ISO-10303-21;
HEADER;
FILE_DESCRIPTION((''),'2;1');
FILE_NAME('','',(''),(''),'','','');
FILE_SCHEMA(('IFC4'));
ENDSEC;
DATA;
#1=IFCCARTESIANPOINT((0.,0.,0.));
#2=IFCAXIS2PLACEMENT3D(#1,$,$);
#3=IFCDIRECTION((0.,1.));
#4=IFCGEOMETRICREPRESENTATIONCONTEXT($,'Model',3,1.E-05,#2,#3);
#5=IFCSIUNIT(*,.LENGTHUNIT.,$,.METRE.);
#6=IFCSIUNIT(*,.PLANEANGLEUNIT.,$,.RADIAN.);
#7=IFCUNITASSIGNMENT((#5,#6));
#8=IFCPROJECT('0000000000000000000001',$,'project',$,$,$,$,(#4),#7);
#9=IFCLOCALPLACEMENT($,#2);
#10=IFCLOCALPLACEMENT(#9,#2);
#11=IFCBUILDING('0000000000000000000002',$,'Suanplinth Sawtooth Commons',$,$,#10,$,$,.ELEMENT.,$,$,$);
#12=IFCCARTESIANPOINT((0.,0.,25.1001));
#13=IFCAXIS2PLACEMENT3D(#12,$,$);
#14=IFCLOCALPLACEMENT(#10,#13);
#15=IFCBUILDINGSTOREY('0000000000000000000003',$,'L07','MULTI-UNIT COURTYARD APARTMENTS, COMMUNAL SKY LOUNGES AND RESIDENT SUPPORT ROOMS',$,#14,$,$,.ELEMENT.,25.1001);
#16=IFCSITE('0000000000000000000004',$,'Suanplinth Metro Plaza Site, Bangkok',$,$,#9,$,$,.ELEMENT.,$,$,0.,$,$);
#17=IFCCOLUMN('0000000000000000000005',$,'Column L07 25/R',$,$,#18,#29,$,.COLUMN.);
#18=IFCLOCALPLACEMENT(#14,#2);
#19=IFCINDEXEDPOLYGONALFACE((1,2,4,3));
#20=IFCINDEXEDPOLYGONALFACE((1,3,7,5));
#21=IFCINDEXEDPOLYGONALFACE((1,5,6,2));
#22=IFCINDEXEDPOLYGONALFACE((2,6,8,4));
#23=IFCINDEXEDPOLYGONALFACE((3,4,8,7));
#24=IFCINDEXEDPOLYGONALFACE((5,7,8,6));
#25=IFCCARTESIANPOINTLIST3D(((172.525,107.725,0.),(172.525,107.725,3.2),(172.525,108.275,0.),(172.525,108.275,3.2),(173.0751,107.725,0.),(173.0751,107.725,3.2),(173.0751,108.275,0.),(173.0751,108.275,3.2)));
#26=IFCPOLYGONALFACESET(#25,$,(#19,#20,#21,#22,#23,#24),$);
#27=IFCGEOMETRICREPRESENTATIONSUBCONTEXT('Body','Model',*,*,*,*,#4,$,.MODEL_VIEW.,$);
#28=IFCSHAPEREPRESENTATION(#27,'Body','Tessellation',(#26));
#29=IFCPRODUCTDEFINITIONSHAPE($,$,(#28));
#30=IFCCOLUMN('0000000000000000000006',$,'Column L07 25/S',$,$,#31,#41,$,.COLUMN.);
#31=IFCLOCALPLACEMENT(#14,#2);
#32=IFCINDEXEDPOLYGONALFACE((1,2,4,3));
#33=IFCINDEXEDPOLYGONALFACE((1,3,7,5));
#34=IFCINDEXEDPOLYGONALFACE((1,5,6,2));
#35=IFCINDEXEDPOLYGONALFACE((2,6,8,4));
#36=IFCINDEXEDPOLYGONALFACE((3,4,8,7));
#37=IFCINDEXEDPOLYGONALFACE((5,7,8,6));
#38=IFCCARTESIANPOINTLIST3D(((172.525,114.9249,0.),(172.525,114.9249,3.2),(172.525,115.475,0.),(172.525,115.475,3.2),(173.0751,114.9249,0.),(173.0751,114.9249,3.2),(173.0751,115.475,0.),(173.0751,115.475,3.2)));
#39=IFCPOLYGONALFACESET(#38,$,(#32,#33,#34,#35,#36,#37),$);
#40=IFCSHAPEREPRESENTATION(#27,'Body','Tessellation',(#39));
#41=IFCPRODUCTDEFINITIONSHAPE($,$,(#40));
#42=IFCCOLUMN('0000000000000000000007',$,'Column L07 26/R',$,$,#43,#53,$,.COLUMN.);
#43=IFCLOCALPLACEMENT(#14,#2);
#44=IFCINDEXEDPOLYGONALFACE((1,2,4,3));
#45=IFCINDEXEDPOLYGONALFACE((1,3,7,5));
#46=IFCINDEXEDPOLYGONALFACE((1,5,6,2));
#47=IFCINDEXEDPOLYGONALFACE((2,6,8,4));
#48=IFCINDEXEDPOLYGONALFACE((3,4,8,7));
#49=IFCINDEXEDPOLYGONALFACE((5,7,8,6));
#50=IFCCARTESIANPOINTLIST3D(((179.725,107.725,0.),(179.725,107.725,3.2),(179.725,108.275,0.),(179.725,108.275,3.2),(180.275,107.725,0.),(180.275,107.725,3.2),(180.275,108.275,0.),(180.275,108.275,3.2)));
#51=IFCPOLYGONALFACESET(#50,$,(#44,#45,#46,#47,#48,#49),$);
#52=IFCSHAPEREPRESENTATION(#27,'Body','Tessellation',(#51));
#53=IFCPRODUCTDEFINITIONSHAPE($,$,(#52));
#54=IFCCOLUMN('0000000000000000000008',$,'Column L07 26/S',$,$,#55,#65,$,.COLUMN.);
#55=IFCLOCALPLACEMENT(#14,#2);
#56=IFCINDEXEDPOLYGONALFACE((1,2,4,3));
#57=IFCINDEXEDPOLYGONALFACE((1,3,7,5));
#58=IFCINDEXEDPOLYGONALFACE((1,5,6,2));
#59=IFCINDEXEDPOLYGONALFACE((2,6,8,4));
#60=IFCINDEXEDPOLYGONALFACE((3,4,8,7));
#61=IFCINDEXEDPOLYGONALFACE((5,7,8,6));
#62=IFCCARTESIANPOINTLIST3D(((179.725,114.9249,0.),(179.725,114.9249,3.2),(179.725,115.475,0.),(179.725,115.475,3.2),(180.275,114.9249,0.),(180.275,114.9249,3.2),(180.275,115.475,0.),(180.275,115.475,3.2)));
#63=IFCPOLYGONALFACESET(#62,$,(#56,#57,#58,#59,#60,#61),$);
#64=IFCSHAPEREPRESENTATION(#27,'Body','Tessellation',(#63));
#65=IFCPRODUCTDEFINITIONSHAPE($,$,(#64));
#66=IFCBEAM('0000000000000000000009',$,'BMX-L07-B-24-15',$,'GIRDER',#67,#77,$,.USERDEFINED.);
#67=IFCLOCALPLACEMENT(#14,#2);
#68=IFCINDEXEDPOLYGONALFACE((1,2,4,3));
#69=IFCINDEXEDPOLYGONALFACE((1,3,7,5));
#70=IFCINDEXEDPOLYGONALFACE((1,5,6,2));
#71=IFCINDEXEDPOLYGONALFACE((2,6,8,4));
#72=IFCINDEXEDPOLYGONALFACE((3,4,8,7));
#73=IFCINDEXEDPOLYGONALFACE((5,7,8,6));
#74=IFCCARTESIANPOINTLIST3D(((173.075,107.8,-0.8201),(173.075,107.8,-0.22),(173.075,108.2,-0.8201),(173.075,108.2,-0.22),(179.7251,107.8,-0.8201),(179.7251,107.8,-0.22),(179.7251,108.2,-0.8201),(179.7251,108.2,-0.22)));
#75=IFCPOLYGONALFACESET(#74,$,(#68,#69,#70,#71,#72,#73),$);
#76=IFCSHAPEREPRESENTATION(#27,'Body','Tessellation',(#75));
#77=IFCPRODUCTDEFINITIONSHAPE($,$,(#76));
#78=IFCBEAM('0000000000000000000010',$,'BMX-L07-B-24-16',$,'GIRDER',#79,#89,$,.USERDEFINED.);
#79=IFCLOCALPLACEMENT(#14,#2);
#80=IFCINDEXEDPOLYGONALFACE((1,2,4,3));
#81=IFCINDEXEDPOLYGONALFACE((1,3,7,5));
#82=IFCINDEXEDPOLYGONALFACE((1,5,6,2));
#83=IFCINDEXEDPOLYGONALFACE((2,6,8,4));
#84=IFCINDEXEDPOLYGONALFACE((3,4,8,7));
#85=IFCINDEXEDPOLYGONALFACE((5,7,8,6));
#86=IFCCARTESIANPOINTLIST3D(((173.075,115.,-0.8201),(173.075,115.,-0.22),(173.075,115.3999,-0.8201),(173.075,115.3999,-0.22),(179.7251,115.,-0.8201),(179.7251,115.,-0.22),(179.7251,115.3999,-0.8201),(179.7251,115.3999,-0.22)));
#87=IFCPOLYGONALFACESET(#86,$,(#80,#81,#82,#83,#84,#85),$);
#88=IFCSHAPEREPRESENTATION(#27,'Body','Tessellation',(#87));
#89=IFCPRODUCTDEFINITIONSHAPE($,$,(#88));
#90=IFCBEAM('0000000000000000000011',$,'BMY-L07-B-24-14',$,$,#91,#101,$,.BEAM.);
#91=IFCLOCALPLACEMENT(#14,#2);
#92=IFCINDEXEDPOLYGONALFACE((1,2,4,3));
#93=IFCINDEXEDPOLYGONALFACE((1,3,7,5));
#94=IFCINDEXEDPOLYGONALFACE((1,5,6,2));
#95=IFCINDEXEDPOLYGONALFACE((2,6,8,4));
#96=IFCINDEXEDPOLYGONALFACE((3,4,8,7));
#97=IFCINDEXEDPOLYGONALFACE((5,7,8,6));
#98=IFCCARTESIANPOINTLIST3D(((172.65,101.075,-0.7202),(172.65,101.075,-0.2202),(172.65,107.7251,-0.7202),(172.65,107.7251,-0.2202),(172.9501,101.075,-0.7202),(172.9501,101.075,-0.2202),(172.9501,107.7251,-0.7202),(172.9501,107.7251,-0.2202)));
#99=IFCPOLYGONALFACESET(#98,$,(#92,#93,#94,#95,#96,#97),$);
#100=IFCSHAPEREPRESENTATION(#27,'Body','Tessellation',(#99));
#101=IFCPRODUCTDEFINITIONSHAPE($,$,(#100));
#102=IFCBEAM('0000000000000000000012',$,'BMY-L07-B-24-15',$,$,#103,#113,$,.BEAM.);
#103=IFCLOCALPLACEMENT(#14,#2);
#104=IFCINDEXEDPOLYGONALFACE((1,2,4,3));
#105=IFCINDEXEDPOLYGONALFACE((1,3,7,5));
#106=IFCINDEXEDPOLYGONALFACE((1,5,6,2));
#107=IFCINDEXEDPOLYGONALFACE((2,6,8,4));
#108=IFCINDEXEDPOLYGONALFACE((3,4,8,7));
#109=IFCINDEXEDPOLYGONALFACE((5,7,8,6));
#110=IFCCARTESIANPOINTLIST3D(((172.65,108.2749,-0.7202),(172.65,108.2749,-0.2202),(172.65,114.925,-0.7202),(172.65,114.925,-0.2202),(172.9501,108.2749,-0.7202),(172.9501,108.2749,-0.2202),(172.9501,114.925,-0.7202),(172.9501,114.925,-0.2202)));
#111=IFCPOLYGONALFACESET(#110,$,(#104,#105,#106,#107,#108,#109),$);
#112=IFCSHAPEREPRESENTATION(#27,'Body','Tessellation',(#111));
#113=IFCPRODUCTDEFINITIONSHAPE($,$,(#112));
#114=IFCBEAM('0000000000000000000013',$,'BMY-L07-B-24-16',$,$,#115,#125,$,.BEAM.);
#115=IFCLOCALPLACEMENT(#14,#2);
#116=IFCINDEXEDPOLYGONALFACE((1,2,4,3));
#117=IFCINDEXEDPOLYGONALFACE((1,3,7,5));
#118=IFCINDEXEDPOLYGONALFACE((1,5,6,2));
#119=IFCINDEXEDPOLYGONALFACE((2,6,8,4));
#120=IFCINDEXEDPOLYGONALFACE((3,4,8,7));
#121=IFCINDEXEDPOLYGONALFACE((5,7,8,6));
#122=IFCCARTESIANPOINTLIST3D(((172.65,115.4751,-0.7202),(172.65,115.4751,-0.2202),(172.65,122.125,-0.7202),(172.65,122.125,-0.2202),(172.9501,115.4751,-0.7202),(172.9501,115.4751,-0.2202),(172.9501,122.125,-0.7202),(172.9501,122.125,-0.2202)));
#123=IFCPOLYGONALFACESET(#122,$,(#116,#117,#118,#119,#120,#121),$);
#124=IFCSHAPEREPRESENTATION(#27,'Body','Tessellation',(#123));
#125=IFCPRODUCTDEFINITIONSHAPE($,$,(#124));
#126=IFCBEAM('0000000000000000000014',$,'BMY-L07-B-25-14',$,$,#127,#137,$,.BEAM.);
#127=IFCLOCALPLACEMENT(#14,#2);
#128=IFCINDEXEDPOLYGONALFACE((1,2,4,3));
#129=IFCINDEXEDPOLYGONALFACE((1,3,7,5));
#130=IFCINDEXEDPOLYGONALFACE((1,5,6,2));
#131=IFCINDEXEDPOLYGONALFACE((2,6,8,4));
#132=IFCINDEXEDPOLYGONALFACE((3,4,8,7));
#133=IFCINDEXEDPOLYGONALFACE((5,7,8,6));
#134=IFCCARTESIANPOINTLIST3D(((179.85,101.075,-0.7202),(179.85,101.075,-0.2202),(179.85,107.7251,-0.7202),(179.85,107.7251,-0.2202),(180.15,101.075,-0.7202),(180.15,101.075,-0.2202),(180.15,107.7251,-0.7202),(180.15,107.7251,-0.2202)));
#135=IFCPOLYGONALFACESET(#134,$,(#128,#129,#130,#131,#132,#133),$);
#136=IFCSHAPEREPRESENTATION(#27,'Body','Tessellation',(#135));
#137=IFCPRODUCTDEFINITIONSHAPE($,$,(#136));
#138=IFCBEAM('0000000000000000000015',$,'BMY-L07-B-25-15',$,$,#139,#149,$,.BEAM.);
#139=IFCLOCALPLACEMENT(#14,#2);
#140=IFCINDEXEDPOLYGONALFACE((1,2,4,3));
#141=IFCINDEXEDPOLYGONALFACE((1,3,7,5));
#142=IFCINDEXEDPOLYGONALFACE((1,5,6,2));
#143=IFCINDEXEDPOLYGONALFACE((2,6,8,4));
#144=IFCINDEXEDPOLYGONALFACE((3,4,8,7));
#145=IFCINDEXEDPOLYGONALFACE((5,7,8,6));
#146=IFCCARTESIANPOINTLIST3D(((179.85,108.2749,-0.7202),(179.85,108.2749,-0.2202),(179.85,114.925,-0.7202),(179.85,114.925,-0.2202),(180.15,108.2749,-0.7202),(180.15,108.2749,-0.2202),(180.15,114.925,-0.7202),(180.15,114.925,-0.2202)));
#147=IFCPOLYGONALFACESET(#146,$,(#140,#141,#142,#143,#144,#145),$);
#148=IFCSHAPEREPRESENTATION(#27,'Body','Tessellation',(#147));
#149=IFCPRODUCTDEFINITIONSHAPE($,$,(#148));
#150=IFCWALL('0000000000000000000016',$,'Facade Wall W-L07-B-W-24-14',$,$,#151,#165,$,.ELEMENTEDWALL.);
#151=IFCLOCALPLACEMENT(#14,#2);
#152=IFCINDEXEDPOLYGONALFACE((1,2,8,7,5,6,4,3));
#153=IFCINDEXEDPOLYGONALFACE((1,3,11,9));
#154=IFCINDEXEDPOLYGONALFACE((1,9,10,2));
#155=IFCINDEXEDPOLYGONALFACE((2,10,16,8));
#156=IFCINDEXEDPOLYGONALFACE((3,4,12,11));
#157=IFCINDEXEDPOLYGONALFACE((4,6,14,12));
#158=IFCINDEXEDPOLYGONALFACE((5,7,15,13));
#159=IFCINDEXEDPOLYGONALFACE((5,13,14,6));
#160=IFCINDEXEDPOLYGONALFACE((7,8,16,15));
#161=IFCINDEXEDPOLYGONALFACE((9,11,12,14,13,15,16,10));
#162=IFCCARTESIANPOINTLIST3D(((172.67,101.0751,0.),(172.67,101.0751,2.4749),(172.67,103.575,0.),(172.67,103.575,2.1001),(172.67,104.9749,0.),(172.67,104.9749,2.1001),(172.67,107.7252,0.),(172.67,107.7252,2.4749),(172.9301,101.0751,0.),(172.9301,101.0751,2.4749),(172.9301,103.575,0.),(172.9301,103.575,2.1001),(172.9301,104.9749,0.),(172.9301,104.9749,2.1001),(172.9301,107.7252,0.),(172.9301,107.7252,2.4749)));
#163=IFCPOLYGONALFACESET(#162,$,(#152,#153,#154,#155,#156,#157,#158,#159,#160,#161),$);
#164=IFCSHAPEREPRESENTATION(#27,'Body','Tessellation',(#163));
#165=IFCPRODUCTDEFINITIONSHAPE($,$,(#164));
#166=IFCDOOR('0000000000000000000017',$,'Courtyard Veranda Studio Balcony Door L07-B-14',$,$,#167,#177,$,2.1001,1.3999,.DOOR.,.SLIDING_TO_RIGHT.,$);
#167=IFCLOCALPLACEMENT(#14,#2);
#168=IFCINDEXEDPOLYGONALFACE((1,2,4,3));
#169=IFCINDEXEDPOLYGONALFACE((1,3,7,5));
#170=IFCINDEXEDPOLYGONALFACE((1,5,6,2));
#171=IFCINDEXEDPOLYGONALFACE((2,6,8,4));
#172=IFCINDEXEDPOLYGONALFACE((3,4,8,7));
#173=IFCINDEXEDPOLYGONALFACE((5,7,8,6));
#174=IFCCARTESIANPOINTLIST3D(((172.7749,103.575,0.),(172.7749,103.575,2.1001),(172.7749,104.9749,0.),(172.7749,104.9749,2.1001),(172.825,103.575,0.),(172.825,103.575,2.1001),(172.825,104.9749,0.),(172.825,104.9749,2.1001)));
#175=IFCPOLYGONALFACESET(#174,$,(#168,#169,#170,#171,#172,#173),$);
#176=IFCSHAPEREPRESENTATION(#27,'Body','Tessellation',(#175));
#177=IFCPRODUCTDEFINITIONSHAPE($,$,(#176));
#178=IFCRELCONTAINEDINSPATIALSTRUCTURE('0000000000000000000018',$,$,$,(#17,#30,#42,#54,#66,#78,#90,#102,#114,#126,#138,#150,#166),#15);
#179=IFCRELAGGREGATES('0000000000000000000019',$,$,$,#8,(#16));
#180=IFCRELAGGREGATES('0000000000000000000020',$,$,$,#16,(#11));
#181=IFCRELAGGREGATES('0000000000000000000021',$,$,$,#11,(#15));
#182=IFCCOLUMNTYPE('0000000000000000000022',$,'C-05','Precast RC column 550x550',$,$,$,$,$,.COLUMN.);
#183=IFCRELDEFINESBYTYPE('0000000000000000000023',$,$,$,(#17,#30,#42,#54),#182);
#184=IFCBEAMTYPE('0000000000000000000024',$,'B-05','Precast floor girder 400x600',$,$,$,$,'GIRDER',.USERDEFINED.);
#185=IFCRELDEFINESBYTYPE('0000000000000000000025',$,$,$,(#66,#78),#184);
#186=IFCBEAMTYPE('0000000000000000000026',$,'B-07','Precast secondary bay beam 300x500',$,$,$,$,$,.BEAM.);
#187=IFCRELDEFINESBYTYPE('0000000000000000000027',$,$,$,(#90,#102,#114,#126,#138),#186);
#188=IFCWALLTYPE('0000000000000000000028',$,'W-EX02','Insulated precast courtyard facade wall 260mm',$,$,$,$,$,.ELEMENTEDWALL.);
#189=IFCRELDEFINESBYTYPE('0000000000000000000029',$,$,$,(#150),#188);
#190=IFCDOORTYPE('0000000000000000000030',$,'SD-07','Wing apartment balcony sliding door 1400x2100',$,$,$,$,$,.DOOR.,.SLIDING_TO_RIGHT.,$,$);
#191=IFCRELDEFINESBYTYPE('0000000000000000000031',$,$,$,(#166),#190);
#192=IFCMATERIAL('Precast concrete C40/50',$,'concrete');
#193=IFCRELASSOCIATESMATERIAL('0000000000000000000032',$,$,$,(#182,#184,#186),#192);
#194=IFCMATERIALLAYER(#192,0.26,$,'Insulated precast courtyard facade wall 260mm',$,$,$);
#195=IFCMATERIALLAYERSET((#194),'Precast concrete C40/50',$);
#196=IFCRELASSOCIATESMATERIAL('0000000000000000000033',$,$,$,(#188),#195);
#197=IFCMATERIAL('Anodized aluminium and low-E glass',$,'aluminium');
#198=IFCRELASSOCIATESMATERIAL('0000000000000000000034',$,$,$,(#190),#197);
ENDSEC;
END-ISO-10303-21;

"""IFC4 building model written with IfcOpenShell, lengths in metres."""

from ifc_helpers import new_model, si_unit, direction, frame, frame_2d, origin, origin_2d, place, context, subcontext, project, spatial, rectangle, extrude, material, layer, layer_set, material_profile, profile_set, type_object, element, fill, save


model = new_model("IFC4")

# Units and contexts
model_context = context("Model", 3, precision=1e-05, world=origin(), true_north=direction((0.0, 1.0)))
body_context = subcontext(model_context, "Body", "Model", "MODEL_VIEW")
ifc_project = project(units=[si_unit("LENGTHUNIT", "METRE"), si_unit("PLANEANGLEUNIT", "RADIAN")], contexts=[model_context])

# Site, building, storey
site_placement = place(None, origin())
site = spatial("IfcSite", under=ifc_project, at=site_placement, Name="Suanplinth Metro Plaza Site, Bangkok", CompositionType="ELEMENT", RefElevation=0.0)
building_placement = place(site_placement, origin())
building = spatial("IfcBuilding", under=site, at=building_placement, Name="Suanplinth Sawtooth Commons", CompositionType="ELEMENT")
storey_placement = place(building_placement, frame((0.0, 0.0, 25.1001)))
storey = spatial("IfcBuildingStorey", under=building, at=storey_placement, Name="L07", Description="MULTI-UNIT COURTYARD APARTMENTS, COMMUNAL SKY LOUNGES AND RESIDENT SUPPORT ROOMS", CompositionType="ELEMENT", Elevation=25.1001)

# Columns
ifc_material_1 = material(Name="Precast concrete C40/50", Category="concrete")
ifc_material_profile_1 = material_profile(ifc_material_1, rectangle(XDim=0.55, YDim=0.55, at=origin_2d()), Name="PC-COL 550x550")
ifc_profile_set_1 = profile_set([ifc_material_profile_1], Name="Precast concrete C40/50")
column_type = type_object("IfcColumnType", Name="C-05", Description="Precast RC column 550x550", PredefinedType="COLUMN", material=ifc_profile_set_1)
for number, where, z_axis, x_axis, name in (
    (1, (172.8, 108.0, 0.0), (0.0, 0.0, 1.0), (1.0, 0.0, 0.0), "Column L07 25/R"),
    (2, (172.8, 115.2, 0.0), (0.0, 0.0, 1.0), (1.0, 0.0, 0.0), "Column L07 25/S"),
    (3, (180.0, 108.0, 0.0), (0.0, 0.0, 1.0), (1.0, 0.0, 0.0), "Column L07 26/R"),
    (4, (180.0, 115.2, 0.0), (0.0, 0.0, 1.0), (1.0, 0.0, 0.0), "Column L07 26/S"),
):
    element("IfcColumn", number, at=place(storey_placement, frame(where, z_axis=z_axis, x_axis=x_axis)), inside=storey, type_object=column_type, Name=name, PredefinedType="COLUMN", context=body_context, shape_type="SweptSolid", body=[
        extrude(rectangle(XDim=0.55, YDim=0.55, at=origin_2d()), origin(), (0.0, 0.0, 1.0), 3.2),
    ])

# Beams
ifc_material_profile_2 = material_profile(ifc_material_1, rectangle(XDim=0.3999, YDim=0.6001, at=origin_2d()), Name="PC-GDR 400x600")
ifc_profile_set_2 = profile_set([ifc_material_profile_2], Name="Precast concrete C40/50")
beam_type_1 = type_object("IfcBeamType", Name="B-05", Description="Precast floor girder 400x600", ElementType="GIRDER", PredefinedType="USERDEFINED", material=ifc_profile_set_2)
for number, where, z_axis, x_axis, name in (
    (5, (173.075, 108.0, -0.52), (1.0, 0.0, 0.0), (0.0, 1.0, 0.0), "BMX-L07-B-24-15"),
    (6, (173.075, 115.2, -0.52), (1.0, 0.0, 0.0), (0.0, 1.0, 0.0), "BMX-L07-B-24-16"),
):
    element("IfcBeam", number, at=place(storey_placement, frame(where, z_axis=z_axis, x_axis=x_axis)), inside=storey, type_object=beam_type_1, Name=name, ObjectType="GIRDER", PredefinedType="USERDEFINED", context=body_context, shape_type="SweptSolid", body=[
        extrude(rectangle(XDim=0.3999, YDim=0.6001, at=origin_2d()), origin(), (0.0, 0.0, 1.0), 6.6501),
    ])
ifc_material_profile_3 = material_profile(ifc_material_1, rectangle(XDim=0.3, YDim=0.5, at=origin_2d()), Name="PC-BM 300x500")
ifc_profile_set_3 = profile_set([ifc_material_profile_3], Name="Precast concrete C40/50")
beam_type_2 = type_object("IfcBeamType", Name="B-07", Description="Precast secondary bay beam 300x500", PredefinedType="BEAM", material=ifc_profile_set_3)
for number, where, z_axis, x_axis, name in (
    (7, (172.8, 101.075, -0.4702), (0.0, 1.0, 0.0), (-1.0, 0.0, 0.0), "BMY-L07-B-24-14"),
    (8, (172.8, 108.2749, -0.4702), (0.0, 1.0, 0.0), (-1.0, 0.0, 0.0), "BMY-L07-B-24-15"),
):
    element("IfcBeam", number, at=place(storey_placement, frame(where, z_axis=z_axis, x_axis=x_axis)), inside=storey, type_object=beam_type_2, Name=name, PredefinedType="BEAM", context=body_context, shape_type="SweptSolid", body=[
        extrude(rectangle(XDim=0.3, YDim=0.5, at=origin_2d()), origin(), (0.0, 0.0, 1.0), 6.6501),
    ])
beam_placement = place(storey_placement, frame((172.8, 115.4751, -0.4702), z_axis=(0.0, 1.0, 0.0), x_axis=(-1.0, 0.0, 0.0)))
element("IfcBeam", 9, at=beam_placement, inside=storey, type_object=beam_type_2, Name="BMY-L07-B-24-16", PredefinedType="BEAM", context=body_context, shape_type="SweptSolid", body=[
    extrude(rectangle(XDim=0.3, YDim=0.5, at=origin_2d()), origin(), (0.0, 0.0, 1.0), 6.6499),
])
for number, where, z_axis, x_axis, name in (
    (10, (180.0, 101.075, -0.4702), (0.0, 1.0, 0.0), (-1.0, 0.0, 0.0), "BMY-L07-B-25-14"),
    (11, (180.0, 108.2749, -0.4702), (0.0, 1.0, 0.0), (-1.0, 0.0, 0.0), "BMY-L07-B-25-15"),
):
    element("IfcBeam", number, at=place(storey_placement, frame(where, z_axis=z_axis, x_axis=x_axis)), inside=storey, type_object=beam_type_2, Name=name, PredefinedType="BEAM", context=body_context, shape_type="SweptSolid", body=[
        extrude(rectangle(XDim=0.3, YDim=0.5, at=origin_2d()), origin(), (0.0, 0.0, 1.0), 6.6501),
    ])

# Wall, opening, door
ifc_layer_1 = layer(ifc_material_1, 0.26, Name="Insulated precast courtyard facade wall 260mm")
ifc_layer_set_1 = layer_set([ifc_layer_1], Name="Precast concrete C40/50")
wall_type_1 = type_object("IfcWallType", Name="W-EX02", Description="Insulated precast courtyard facade wall 260mm", PredefinedType="ELEMENTEDWALL", material=ifc_layer_set_1)
wall_1_placement = place(storey_placement, frame((172.8, 101.075, 0.0), z_axis=(0.0, 0.0, 1.0), x_axis=(0.0, 1.0, 0.0)))
wall_1 = element("IfcWall", 12, at=wall_1_placement, inside=storey, type_object=wall_type_1, Name="Facade Wall W-L07-B-W-24-14", PredefinedType="ELEMENTEDWALL", context=body_context, shape_type="SweptSolid", body=[
    extrude(rectangle(XDim=6.6501, YDim=0.26, at=frame_2d((3.3252, 0.0))), origin(), (0.0, 0.0, 1.0), 2.4749),
])
opening_1_placement = place(wall_1_placement, frame((2.5, 0.0, 0.0)))
opening_1 = element("IfcOpeningElement", 13, at=opening_1_placement, cuts=wall_1, PredefinedType="OPENING", context=body_context, shape_type="SweptSolid", body=[
    extrude(rectangle(XDim=1.3999, YDim=2.1001, at=frame_2d((0.7, 1.05))), frame((0.0, 0.145, 0.0), z_axis=(0.0, -1.0, 0.0), x_axis=(1.0, 0.0, 0.0)), (0.0, 0.0, 1.0), 0.2898),
])
ifc_material_2 = material(Name="Anodized aluminium and low-E glass", Category="aluminium")
door_type_1 = type_object("IfcDoorType", Name="SD-07", Description="Wing apartment balcony sliding door 1400x2100", OperationType="SLIDING_TO_RIGHT", PredefinedType="DOOR", material=ifc_material_2)
door_1_placement = place(opening_1_placement, frame((1.3999, 0.0, 0.0), z_axis=(0.0, 0.0, 1.0), x_axis=(-1.0, 0.0, 0.0)))
door_1 = element("IfcDoor", 14, at=door_1_placement, inside=storey, type_object=door_type_1, Name="Courtyard Veranda Studio Balcony Door L07-B-14", OperationType="SLIDING_TO_RIGHT", OverallHeight=2.1001, OverallWidth=1.3999, PredefinedType="DOOR", context=body_context, shape_type="SweptSolid", body=[
    extrude(rectangle(XDim=1.3999, YDim=2.1001, at=frame_2d((0.7, 1.05))), frame((0.0, 0.0249, 0.0), z_axis=(0.0, -1.0, 0.0), x_axis=(1.0, 0.0, 0.0)), (0.0, 0.0, 1.0), 0.05),
])
fill(opening_1, door_1)

save(model, "model.ifc")
